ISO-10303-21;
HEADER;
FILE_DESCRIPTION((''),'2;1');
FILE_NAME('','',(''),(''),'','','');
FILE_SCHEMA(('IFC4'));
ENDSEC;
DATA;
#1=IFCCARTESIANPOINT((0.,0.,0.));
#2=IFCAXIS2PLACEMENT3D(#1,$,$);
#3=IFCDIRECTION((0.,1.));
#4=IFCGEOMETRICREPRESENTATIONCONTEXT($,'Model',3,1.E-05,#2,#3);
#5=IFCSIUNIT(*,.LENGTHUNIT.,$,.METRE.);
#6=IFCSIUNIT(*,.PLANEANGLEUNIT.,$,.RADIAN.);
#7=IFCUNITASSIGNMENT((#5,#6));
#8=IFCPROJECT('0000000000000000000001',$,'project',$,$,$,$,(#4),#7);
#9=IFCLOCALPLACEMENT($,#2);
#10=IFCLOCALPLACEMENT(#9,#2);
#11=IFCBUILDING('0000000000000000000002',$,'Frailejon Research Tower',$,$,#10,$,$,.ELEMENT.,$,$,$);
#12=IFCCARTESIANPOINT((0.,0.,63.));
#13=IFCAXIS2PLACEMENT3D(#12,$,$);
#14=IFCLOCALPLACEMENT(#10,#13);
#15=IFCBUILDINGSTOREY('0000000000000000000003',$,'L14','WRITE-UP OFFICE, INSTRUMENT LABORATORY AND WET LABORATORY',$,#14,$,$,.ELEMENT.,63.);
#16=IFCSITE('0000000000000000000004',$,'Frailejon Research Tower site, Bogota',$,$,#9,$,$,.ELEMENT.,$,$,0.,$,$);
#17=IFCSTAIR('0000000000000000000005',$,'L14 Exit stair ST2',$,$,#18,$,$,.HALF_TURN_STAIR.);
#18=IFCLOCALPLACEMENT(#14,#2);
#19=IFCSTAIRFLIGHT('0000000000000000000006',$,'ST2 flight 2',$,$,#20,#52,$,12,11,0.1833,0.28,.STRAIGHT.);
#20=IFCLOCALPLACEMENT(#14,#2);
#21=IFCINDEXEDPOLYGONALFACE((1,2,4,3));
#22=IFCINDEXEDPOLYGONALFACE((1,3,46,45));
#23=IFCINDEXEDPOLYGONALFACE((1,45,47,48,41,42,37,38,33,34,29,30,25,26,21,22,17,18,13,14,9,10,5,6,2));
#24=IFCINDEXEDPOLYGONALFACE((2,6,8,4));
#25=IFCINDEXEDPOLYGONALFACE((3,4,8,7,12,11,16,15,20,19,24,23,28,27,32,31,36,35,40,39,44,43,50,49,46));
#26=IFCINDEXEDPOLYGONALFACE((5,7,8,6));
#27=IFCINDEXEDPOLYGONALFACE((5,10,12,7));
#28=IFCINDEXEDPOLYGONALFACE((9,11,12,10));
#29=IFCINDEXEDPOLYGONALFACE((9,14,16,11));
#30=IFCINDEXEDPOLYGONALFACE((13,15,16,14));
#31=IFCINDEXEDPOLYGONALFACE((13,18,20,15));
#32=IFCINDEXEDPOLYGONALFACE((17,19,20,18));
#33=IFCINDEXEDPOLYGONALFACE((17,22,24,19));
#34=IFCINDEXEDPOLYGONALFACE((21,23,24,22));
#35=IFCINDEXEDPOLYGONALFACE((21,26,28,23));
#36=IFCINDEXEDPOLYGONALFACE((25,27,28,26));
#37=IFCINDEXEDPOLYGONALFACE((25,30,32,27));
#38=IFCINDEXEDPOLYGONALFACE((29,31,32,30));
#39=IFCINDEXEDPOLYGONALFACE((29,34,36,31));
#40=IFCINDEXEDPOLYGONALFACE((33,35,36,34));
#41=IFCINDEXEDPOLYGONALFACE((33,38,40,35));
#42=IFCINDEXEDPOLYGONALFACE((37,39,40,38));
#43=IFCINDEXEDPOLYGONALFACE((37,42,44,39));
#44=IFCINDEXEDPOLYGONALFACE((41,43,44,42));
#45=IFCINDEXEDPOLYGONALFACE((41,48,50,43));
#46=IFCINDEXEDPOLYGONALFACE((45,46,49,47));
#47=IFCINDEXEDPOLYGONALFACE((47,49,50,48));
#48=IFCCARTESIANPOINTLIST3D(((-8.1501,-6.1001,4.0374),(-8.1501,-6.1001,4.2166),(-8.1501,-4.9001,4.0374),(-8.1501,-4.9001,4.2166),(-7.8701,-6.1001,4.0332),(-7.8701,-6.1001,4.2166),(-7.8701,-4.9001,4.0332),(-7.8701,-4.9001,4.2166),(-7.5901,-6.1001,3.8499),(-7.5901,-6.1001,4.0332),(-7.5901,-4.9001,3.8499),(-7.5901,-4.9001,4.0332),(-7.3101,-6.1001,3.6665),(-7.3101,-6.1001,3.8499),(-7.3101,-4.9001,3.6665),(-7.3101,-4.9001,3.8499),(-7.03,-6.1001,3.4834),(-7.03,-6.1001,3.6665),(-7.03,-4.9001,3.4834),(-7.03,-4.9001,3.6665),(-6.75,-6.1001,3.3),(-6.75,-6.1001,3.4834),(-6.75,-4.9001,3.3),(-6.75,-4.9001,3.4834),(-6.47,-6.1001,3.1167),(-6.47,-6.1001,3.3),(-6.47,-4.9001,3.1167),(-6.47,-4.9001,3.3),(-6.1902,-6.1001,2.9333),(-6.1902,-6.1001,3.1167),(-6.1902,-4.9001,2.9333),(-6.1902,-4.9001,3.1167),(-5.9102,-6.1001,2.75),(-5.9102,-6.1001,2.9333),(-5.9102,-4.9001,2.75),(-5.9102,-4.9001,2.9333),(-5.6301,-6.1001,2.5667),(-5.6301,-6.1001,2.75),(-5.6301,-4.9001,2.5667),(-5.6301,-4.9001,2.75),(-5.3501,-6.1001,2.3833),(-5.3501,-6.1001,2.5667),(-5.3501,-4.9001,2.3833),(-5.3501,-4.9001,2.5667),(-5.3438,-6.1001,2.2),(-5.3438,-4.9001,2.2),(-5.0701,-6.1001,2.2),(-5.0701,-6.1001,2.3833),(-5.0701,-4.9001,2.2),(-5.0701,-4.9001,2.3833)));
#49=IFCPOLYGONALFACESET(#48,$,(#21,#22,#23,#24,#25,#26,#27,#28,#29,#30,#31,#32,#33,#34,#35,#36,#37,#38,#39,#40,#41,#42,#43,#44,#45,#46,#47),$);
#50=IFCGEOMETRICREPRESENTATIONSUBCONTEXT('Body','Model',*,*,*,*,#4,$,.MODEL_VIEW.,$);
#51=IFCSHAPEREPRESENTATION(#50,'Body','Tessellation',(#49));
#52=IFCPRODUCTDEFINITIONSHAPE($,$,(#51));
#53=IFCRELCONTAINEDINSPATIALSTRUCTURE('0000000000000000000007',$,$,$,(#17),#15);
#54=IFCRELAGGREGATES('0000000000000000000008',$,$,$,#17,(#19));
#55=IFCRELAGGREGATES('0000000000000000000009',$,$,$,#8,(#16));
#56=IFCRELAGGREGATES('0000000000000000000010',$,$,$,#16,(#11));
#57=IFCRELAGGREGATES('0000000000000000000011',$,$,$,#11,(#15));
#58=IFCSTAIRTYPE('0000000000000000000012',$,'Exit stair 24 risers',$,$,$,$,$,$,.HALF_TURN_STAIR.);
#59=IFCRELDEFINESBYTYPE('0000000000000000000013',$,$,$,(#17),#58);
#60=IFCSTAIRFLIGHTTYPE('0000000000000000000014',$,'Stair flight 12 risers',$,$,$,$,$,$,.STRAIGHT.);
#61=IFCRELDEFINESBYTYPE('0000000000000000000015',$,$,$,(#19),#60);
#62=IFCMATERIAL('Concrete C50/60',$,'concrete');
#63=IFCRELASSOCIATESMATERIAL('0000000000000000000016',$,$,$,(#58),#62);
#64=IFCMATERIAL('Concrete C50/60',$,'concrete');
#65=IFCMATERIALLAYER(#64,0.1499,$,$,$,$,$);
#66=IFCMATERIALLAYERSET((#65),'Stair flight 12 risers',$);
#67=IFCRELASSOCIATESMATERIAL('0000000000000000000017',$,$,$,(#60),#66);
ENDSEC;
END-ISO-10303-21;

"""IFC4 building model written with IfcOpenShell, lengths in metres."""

from ifc_helpers import new_model, si_unit, direction, frame, origin, place, context, subcontext, project, spatial, polyline, outline, extrude, material, layer, layer_set, type_object, element, aggregate, save


model = new_model("IFC4")

# Units and contexts
model_context = context("Model", 3, precision=1e-05, world=origin(), true_north=direction((0.0, 1.0)))
body_context = subcontext(model_context, "Body", "Model", "MODEL_VIEW")
ifc_project = project(units=[si_unit("LENGTHUNIT", "METRE"), si_unit("PLANEANGLEUNIT", "RADIAN")], contexts=[model_context])

# Site, building, storey
site_placement = place(None, origin())
site = spatial("IfcSite", under=ifc_project, at=site_placement, Name="Frailejon Research Tower site, Bogota", CompositionType="ELEMENT", RefElevation=0.0)
building_placement = place(site_placement, origin())
building = spatial("IfcBuilding", under=site, at=building_placement, Name="Frailejon Research Tower", CompositionType="ELEMENT")
storey_placement = place(building_placement, frame((0.0, 0.0, 63.0)))
storey = spatial("IfcBuildingStorey", under=building, at=storey_placement, Name="L14", Description="WRITE-UP OFFICE, INSTRUMENT LABORATORY AND WET LABORATORY", CompositionType="ELEMENT", Elevation=63.0)

# Stair, stair flight
ifc_material_1 = material(Name="Concrete C50/60", Category="concrete")
stair_type = type_object("IfcStairType", Name="Exit stair 24 risers", PredefinedType="HALF_TURN_STAIR", material=ifc_material_1)
stair_placement = place(storey_placement, origin())
stair = element("IfcStair", 1, at=stair_placement, inside=storey, type_object=stair_type, Name="L14 Exit stair ST2", PredefinedType="HALF_TURN_STAIR")
ifc_material_2 = material(Name="Concrete C50/60", Category="concrete")
ifc_layer_1 = layer(ifc_material_2, 0.1499)
ifc_layer_set_1 = layer_set([ifc_layer_1], Name="Stair flight 12 risers")
stair_flight_type = type_object("IfcStairFlightType", Name="Stair flight 12 risers", PredefinedType="STRAIGHT", material=ifc_layer_set_1)
stair_flight_1_placement = place(storey_placement, frame((-5.0701, -5.5, 2.2), z_axis=(0.0, 0.0, 1.0), x_axis=(-1.0, 0.0, 0.0)))
stair_flight_1 = element("IfcStairFlight", 2, at=stair_flight_1_placement, type_object=stair_flight_type, Name="ST2 flight 2", NumberOfRisers=12, NumberOfTreads=11, PredefinedType="STRAIGHT", RiserHeight=0.1833, TreadLength=0.28, context=body_context, shape_type="SweptSolid", body=[
    extrude(outline(polyline([(0.0, 0.0), (0.0, 0.1833), (0.28, 0.1833), (0.28, 0.3667), (0.5601, 0.3667), (0.5601, 0.55), (0.8401, 0.55), (0.8401, 0.7334), (1.1201, 0.7334), (1.1201, 0.9167), (1.3999, 0.9167), (1.3999, 1.1001), (1.6799, 1.1001), (1.6799, 1.2834), (1.96, 1.2834), (1.96, 1.4666), (2.24, 1.4666), (2.24, 1.6499), (2.52, 1.6499), (2.52, 1.8333), (2.8, 1.8333), (2.8, 2.0166), (3.0801, 2.0166), (3.0801, 2.2), (3.0801, 1.8374), (0.2737, 0.0), (0.0, 0.0)])), frame((0.0, 0.6001, 0.0), z_axis=(0.0, -1.0, 0.0), x_axis=(1.0, 0.0, 0.0)), (0.0, 0.0, 1.0), 1.2),
])
aggregate(stair, [stair_flight_1])

save(model, "model.ifc")
